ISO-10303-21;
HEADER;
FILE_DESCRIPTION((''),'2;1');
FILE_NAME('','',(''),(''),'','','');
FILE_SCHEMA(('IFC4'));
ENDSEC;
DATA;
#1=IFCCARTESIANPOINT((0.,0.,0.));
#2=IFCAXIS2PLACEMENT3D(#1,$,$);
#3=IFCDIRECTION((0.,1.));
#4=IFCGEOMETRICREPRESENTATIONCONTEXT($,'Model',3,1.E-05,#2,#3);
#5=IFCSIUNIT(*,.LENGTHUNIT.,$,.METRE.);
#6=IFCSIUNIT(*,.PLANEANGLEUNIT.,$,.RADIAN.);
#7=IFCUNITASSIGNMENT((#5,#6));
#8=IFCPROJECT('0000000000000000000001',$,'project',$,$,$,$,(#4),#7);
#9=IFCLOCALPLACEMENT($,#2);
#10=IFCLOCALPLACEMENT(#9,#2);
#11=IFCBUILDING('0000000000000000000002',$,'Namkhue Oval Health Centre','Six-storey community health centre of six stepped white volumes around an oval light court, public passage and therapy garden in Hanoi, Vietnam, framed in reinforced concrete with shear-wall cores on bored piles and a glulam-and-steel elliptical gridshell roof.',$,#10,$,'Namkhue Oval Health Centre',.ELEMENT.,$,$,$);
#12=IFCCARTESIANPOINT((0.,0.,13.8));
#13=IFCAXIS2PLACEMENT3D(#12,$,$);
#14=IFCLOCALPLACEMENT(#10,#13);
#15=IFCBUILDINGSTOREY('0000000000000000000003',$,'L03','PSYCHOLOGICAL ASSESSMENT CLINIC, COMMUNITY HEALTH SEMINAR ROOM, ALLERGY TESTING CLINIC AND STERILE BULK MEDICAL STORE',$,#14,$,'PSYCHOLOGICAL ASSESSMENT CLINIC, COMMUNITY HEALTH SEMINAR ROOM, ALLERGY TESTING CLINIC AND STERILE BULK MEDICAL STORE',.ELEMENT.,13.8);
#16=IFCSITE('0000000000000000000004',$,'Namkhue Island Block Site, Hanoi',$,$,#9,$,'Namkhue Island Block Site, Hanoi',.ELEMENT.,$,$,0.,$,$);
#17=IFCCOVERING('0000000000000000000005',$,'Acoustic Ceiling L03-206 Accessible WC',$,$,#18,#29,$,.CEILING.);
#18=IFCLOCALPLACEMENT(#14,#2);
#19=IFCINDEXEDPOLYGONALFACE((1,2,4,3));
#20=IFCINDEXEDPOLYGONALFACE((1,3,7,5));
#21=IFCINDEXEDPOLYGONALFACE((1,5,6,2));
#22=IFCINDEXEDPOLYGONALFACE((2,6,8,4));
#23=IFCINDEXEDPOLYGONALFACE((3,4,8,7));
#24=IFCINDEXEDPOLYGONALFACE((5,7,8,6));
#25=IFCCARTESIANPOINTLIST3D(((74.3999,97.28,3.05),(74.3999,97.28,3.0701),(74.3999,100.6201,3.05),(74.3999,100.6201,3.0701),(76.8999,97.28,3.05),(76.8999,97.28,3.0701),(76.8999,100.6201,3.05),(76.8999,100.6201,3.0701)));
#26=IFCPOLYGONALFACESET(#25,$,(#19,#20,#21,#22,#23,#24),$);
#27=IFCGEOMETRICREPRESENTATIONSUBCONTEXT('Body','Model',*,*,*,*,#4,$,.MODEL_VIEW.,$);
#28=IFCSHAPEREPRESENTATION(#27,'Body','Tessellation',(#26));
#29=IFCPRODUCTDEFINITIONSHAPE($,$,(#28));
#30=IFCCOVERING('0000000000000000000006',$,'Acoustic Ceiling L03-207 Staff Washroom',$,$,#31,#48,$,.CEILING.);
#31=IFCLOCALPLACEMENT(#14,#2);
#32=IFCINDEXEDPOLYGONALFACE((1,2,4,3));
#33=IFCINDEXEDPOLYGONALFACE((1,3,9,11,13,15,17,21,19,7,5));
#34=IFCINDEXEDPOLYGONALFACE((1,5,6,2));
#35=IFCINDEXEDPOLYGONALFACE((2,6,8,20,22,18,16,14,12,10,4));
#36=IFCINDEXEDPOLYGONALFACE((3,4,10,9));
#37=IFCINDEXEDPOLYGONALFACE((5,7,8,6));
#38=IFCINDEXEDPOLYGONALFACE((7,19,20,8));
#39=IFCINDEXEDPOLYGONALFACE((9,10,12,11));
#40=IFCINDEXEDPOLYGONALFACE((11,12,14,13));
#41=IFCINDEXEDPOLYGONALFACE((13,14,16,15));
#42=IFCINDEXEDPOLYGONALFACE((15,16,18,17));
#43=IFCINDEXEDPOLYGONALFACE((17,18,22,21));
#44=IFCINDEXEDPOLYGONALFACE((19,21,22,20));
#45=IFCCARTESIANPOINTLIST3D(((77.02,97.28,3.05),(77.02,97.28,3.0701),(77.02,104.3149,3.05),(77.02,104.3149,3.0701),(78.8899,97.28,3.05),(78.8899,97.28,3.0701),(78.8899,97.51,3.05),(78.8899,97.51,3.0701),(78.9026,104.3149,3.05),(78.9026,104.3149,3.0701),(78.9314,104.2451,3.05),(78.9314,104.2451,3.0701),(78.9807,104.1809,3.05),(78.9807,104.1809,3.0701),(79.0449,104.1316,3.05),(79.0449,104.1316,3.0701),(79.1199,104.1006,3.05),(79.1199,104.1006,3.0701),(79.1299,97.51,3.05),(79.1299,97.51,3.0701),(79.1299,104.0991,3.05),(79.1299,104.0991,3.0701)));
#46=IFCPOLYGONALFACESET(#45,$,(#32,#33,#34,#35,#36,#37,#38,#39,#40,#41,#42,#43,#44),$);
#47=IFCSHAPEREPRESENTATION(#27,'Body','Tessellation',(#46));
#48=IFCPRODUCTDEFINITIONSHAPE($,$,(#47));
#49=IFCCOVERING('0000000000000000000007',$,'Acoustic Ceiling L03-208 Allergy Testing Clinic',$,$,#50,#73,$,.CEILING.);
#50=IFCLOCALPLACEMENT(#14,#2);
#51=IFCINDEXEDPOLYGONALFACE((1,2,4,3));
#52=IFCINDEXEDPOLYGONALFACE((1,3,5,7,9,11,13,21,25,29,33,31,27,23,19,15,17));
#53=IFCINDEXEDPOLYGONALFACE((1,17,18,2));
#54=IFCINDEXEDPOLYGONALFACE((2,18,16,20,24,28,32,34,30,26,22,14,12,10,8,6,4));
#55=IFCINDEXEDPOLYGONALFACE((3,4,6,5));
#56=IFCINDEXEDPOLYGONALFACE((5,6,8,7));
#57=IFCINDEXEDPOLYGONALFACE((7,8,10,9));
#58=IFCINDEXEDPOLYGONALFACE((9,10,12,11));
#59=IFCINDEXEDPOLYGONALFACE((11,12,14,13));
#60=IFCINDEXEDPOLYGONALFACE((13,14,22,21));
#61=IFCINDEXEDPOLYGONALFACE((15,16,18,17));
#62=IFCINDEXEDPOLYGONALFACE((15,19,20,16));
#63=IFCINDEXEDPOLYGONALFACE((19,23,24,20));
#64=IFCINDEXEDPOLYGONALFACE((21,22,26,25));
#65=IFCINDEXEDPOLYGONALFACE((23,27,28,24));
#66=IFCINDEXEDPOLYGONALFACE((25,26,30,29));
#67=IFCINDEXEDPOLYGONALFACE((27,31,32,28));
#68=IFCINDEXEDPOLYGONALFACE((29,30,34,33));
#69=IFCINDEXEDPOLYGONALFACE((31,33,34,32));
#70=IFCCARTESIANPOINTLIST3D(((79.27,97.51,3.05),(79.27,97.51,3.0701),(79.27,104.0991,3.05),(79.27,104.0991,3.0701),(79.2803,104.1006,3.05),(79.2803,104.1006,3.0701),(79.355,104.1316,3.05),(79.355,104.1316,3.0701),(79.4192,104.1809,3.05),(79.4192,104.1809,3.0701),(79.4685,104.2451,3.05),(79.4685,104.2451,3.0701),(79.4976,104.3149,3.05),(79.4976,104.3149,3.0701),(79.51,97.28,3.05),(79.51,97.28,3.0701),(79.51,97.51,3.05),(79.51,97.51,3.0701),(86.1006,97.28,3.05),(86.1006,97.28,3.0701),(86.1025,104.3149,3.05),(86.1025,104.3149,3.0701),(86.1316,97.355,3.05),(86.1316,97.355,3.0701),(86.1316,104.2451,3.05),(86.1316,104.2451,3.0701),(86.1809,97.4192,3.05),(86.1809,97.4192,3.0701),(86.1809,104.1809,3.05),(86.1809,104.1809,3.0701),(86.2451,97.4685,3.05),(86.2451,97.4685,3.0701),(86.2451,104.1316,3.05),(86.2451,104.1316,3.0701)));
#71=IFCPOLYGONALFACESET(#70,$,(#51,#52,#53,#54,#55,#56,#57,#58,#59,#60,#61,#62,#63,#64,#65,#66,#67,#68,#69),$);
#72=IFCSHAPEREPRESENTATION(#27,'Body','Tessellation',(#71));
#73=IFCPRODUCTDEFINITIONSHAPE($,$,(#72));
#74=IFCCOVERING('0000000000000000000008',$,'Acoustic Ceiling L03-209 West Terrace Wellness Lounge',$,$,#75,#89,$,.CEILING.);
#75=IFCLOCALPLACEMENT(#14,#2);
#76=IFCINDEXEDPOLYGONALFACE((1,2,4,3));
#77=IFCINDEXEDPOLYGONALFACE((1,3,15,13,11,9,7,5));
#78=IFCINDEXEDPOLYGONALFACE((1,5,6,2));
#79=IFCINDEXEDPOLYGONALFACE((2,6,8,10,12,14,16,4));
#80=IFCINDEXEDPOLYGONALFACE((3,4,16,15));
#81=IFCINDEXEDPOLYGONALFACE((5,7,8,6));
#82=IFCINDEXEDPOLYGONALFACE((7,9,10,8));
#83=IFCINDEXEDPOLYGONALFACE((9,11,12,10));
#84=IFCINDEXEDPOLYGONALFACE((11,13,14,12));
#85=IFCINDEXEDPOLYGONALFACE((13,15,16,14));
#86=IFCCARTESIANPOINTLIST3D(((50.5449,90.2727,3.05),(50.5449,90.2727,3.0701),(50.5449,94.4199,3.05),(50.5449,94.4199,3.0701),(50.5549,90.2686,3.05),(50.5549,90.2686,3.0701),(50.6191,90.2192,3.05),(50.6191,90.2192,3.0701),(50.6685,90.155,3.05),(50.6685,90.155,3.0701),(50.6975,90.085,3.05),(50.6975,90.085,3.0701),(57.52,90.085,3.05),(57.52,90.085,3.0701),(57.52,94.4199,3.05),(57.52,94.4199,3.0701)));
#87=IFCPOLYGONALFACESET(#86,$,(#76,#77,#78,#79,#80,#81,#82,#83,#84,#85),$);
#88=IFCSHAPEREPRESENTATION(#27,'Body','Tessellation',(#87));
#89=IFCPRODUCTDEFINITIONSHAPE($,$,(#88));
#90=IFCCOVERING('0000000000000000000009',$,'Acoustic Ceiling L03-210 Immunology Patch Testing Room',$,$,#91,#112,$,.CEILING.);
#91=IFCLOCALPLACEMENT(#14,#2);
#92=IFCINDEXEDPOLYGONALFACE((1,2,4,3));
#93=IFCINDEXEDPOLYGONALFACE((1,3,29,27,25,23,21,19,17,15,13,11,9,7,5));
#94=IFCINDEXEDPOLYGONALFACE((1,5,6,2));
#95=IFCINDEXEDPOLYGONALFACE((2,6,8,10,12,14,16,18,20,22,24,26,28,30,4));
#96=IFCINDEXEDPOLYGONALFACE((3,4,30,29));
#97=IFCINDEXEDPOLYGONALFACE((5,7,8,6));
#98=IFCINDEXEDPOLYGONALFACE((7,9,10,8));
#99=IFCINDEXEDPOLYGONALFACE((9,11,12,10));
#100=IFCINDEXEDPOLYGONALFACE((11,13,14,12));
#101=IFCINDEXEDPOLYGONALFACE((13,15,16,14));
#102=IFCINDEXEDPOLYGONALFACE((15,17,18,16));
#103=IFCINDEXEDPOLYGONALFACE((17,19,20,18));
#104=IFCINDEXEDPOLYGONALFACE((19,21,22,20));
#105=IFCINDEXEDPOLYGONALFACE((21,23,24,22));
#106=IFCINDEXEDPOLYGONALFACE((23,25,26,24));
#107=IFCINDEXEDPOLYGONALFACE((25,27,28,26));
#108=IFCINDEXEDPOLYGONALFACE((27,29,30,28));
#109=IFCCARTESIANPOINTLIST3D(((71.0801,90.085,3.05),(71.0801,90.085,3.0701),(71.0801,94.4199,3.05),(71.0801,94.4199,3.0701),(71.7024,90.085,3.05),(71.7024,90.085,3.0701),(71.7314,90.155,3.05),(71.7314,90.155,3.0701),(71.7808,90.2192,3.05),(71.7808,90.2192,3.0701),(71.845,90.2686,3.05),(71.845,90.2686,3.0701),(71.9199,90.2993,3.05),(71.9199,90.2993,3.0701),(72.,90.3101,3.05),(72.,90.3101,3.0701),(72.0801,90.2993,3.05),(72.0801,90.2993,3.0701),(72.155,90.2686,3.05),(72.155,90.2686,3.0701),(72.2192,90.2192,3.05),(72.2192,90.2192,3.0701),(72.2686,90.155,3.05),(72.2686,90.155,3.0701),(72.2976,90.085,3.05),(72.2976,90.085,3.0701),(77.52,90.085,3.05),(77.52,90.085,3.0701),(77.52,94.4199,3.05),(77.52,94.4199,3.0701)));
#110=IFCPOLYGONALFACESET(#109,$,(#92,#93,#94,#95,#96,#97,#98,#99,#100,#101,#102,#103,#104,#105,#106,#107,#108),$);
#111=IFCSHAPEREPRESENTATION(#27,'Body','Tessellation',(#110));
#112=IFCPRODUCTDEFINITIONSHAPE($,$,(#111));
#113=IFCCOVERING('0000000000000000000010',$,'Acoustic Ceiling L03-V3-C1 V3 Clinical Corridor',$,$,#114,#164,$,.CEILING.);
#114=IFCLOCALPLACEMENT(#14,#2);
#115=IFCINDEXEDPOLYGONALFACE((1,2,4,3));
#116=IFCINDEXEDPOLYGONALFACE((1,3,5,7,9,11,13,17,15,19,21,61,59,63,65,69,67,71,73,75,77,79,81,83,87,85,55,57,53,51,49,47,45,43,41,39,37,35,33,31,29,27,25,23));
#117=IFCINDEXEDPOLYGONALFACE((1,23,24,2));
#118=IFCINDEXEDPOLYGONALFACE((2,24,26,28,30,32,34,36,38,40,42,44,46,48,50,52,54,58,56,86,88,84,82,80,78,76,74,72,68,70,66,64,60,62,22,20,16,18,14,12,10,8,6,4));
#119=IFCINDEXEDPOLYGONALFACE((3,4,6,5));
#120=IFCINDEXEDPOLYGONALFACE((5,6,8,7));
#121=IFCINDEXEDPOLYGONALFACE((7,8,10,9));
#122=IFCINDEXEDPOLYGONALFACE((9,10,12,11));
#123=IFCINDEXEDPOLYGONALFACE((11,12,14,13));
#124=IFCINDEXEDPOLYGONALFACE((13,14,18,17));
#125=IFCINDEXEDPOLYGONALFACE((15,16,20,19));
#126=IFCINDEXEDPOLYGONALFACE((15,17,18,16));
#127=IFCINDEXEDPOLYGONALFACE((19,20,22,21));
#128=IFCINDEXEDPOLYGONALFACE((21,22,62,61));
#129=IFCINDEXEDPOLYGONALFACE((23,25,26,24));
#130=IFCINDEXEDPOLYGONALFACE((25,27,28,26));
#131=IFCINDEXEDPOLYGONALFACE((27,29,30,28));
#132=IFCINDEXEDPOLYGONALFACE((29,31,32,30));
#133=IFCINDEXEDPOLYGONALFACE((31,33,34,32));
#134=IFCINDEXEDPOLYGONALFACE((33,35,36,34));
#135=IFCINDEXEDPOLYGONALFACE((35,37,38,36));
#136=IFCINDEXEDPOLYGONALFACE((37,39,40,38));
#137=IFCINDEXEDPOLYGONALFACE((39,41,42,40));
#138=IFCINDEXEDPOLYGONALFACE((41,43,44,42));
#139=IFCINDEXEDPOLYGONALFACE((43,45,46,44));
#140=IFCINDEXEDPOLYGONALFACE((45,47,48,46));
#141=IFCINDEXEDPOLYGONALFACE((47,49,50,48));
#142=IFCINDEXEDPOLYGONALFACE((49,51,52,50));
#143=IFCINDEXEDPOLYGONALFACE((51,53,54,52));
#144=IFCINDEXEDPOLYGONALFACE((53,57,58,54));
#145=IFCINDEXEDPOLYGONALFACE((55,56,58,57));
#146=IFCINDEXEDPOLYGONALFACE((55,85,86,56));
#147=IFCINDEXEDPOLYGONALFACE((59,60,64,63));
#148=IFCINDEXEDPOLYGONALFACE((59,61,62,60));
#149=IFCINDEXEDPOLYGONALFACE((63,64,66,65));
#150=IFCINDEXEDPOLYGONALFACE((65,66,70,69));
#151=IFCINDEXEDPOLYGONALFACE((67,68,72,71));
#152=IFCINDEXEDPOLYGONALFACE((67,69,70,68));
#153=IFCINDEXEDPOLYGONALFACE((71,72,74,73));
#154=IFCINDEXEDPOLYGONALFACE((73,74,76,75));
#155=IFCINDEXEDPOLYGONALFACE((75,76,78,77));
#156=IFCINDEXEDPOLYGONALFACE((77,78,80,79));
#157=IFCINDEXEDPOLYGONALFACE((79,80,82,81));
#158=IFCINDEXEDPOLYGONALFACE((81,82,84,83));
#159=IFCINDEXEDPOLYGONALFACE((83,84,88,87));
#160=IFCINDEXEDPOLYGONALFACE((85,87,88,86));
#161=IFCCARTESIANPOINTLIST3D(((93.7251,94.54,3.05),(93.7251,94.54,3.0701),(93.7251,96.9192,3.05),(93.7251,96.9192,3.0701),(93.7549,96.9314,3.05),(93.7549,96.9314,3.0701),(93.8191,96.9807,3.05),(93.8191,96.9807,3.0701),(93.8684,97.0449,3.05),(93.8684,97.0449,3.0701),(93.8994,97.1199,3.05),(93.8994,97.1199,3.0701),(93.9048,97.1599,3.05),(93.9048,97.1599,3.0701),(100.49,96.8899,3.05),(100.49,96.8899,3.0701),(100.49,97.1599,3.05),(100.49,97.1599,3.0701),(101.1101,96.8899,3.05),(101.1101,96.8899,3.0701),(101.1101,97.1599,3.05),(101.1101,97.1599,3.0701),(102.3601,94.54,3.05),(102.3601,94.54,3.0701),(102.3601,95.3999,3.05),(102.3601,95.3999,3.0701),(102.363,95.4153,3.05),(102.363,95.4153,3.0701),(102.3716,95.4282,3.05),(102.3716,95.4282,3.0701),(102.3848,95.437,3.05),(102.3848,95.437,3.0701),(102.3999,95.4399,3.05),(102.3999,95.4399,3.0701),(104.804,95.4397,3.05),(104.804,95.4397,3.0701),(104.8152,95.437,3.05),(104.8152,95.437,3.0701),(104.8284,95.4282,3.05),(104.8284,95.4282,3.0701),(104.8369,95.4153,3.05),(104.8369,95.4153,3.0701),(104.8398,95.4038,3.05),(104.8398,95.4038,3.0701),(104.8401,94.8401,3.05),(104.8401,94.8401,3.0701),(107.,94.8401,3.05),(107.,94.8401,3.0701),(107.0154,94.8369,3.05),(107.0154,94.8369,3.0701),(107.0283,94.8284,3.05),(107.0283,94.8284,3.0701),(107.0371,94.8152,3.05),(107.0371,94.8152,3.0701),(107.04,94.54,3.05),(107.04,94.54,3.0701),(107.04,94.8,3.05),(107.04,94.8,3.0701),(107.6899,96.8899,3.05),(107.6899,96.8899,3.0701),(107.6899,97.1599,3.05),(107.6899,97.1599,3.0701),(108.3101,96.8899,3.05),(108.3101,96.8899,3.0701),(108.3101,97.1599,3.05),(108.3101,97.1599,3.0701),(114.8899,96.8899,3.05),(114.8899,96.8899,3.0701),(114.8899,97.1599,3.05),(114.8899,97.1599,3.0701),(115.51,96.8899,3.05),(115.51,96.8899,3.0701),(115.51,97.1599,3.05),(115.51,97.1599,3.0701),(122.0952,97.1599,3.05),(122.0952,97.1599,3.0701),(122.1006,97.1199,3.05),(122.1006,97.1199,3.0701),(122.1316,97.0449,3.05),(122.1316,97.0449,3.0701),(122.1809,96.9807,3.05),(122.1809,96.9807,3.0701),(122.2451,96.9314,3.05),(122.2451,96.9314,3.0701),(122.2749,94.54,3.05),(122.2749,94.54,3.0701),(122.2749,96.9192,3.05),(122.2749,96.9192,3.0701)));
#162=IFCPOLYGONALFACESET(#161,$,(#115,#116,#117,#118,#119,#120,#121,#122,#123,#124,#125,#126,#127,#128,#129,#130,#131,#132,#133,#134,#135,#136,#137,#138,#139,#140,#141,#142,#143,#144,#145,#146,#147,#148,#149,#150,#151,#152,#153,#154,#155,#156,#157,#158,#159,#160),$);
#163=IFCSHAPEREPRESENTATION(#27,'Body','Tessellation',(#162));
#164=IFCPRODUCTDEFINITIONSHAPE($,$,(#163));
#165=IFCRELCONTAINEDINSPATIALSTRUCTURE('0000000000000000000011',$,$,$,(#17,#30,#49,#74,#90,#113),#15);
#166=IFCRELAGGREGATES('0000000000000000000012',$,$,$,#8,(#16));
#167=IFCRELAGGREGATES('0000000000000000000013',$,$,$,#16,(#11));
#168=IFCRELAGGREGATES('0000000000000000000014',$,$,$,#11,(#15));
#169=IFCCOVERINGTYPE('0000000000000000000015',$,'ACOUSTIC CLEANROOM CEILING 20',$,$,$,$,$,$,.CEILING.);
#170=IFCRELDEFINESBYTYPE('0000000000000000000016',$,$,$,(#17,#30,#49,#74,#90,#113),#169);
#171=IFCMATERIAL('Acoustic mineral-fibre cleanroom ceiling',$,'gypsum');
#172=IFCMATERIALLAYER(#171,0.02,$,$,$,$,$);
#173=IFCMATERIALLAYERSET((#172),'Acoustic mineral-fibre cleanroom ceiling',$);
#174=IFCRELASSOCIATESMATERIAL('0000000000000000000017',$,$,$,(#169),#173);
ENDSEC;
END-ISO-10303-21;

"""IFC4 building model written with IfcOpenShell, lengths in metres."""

from ifc_helpers import new_model, si_unit, direction, frame, origin, place, context, subcontext, project, spatial, polyline, outline, extrude, material, layer, layer_set, type_object, element, save


model = new_model("IFC4")

# Units and contexts
model_context = context("Model", 3, precision=1e-05, world=origin(), true_north=direction((0.0, 1.0)))
body_context = subcontext(model_context, "Body", "Model", "MODEL_VIEW")
ifc_project = project(units=[si_unit("LENGTHUNIT", "METRE"), si_unit("PLANEANGLEUNIT", "RADIAN")], contexts=[model_context])

# Site, building, storey
site_placement = place(None, origin())
site = spatial("IfcSite", under=ifc_project, at=site_placement, Name="Namkhue Island Block Site, Hanoi", LongName="Namkhue Island Block Site, Hanoi", CompositionType="ELEMENT", RefElevation=0.0)
building_placement = place(site_placement, origin())
building = spatial("IfcBuilding", under=site, at=building_placement, Name="Namkhue Oval Health Centre", Description="Six-storey community health centre of six stepped white volumes around an oval light court, public passage and therapy garden in Hanoi, Vietnam, framed in reinforced concrete with shear-wall cores on bored piles and a glulam-and-steel elliptical gridshell roof.", LongName="Namkhue Oval Health Centre", CompositionType="ELEMENT")
storey_placement = place(building_placement, frame((0.0, 0.0, 13.8)))
storey = spatial("IfcBuildingStorey", under=building, at=storey_placement, Name="L03", Description="PSYCHOLOGICAL ASSESSMENT CLINIC, COMMUNITY HEALTH SEMINAR ROOM, ALLERGY TESTING CLINIC AND STERILE BULK MEDICAL STORE", LongName="PSYCHOLOGICAL ASSESSMENT CLINIC, COMMUNITY HEALTH SEMINAR ROOM, ALLERGY TESTING CLINIC AND STERILE BULK MEDICAL STORE", CompositionType="ELEMENT", Elevation=13.8)

# Coverings
ifc_material_1 = material(Name="Acoustic mineral-fibre cleanroom ceiling", Category="gypsum")
ifc_layer_1 = layer(ifc_material_1, 0.02)
ifc_layer_set_1 = layer_set([ifc_layer_1], Name="Acoustic mineral-fibre cleanroom ceiling")
covering_type_1 = type_object("IfcCoveringType", Name="ACOUSTIC CLEANROOM CEILING 20", PredefinedType="CEILING", material=ifc_layer_set_1)
covering_1_placement = place(storey_placement, frame((0.0, 0.0, 3.05)))
element("IfcCovering", 1, at=covering_1_placement, inside=storey, type_object=covering_type_1, Name="Acoustic Ceiling L03-206 Accessible WC", PredefinedType="CEILING", context=body_context, shape_type="SweptSolid", body=[
    extrude(outline(polyline([(76.8999, 100.6201), (76.8999, 97.28), (74.3999, 97.28), (74.3999, 100.6201), (76.8999, 100.6201)])), origin(), (0.0, 0.0, 1.0), 0.02),
])
covering_2_placement = place(storey_placement, frame((0.0, 0.0, 3.05)))
element("IfcCovering", 2, at=covering_2_placement, inside=storey, type_object=covering_type_1, Name="Acoustic Ceiling L03-207 Staff Washroom", PredefinedType="CEILING", context=body_context, shape_type="SweptSolid", body=[
    extrude(outline(polyline([(77.02, 97.28), (77.02, 104.3149), (78.9026, 104.3149), (78.9314, 104.2451), (78.9807, 104.1809), (79.0449, 104.1316), (79.1199, 104.1006), (79.1299, 104.0991), (79.1299, 97.51), (78.8899, 97.51), (78.8899, 97.28), (77.02, 97.28)])), origin(), (0.0, 0.0, 1.0), 0.02),
])
covering_3_placement = place(storey_placement, frame((0.0, 0.0, 3.05)))
element("IfcCovering", 3, at=covering_3_placement, inside=storey, type_object=covering_type_1, Name="Acoustic Ceiling L03-208 Allergy Testing Clinic", PredefinedType="CEILING", context=body_context, shape_type="SweptSolid", body=[
    extrude(outline(polyline([(79.51, 97.28), (79.51, 97.51), (79.27, 97.51), (79.27, 104.0991), (79.2803, 104.1006), (79.355, 104.1316), (79.4192, 104.1809), (79.4685, 104.2451), (79.4976, 104.3149), (86.1025, 104.3149), (86.1316, 104.2451), (86.1809, 104.1809), (86.2451, 104.1316), (86.2451, 97.4685), (86.1809, 97.4192), (86.1316, 97.355), (86.1006, 97.28), (79.51, 97.28)])), origin(), (0.0, 0.0, 1.0), 0.02),
])
covering_4_placement = place(storey_placement, frame((0.0, 0.0, 3.05)))
element("IfcCovering", 4, at=covering_4_placement, inside=storey, type_object=covering_type_1, Name="Acoustic Ceiling L03-209 West Terrace Wellness Lounge", PredefinedType="CEILING", context=body_context, shape_type="SweptSolid", body=[
    extrude(outline(polyline([(50.6975, 90.085), (50.6685, 90.155), (50.6191, 90.2192), (50.5549, 90.2686), (50.5449, 90.2727), (50.5449, 94.4199), (57.52, 94.4199), (57.52, 90.085), (50.6975, 90.085)])), origin(), (0.0, 0.0, 1.0), 0.02),
])
covering_5_placement = place(storey_placement, frame((0.0, 0.0, 3.05)))
element("IfcCovering", 5, at=covering_5_placement, inside=storey, type_object=covering_type_1, Name="Acoustic Ceiling L03-210 Immunology Patch Testing Room", PredefinedType="CEILING", context=body_context, shape_type="SweptSolid", body=[
    extrude(outline(polyline([(72.2976, 90.085), (72.2686, 90.155), (72.2192, 90.2192), (72.155, 90.2686), (72.0801, 90.2993), (72.0, 90.3101), (71.9199, 90.2993), (71.845, 90.2686), (71.7808, 90.2192), (71.7314, 90.155), (71.7024, 90.085), (71.0801, 90.085), (71.0801, 94.4199), (77.52, 94.4199), (77.52, 90.085), (72.2976, 90.085)])), origin(), (0.0, 0.0, 1.0), 0.02),
])
covering_6_placement = place(storey_placement, frame((0.0, 0.0, 3.05)))
element("IfcCovering", 6, at=covering_6_placement, inside=storey, type_object=covering_type_1, Name="Acoustic Ceiling L03-V3-C1 V3 Clinical Corridor", PredefinedType="CEILING", context=body_context, shape_type="SweptSolid", body=[
    extrude(outline(polyline([(107.04, 94.8), (107.0371, 94.8152), (107.0283, 94.8284), (107.0154, 94.8369), (107.0, 94.8401), (104.8401, 94.8401), (104.8398, 95.4038), (104.8369, 95.4153), (104.8284, 95.4282), (104.8152, 95.437), (104.804, 95.4397), (102.3999, 95.4399), (102.3848, 95.437), (102.3716, 95.4282), (102.363, 95.4153), (102.3601, 95.3999), (102.3601, 94.54), (93.7251, 94.54), (93.7251, 96.9192), (93.7549, 96.9314), (93.8191, 96.9807), (93.8684, 97.0449), (93.8994, 97.1199), (93.9048, 97.1599), (100.49, 97.1599), (100.49, 96.8899), (101.1101, 96.8899), (101.1101, 97.1599), (107.6899, 97.1599), (107.6899, 96.8899), (108.3101, 96.8899), (108.3101, 97.1599), (114.8899, 97.1599), (114.8899, 96.8899), (115.51, 96.8899), (115.51, 97.1599), (122.0952, 97.1599), (122.1006, 97.1199), (122.1316, 97.0449), (122.1809, 96.9807), (122.2451, 96.9314), (122.2749, 96.9192), (122.2749, 94.54), (107.04, 94.54), (107.04, 94.8)])), origin(), (0.0, 0.0, 1.0), 0.02),
])

save(model, "model.ifc")
